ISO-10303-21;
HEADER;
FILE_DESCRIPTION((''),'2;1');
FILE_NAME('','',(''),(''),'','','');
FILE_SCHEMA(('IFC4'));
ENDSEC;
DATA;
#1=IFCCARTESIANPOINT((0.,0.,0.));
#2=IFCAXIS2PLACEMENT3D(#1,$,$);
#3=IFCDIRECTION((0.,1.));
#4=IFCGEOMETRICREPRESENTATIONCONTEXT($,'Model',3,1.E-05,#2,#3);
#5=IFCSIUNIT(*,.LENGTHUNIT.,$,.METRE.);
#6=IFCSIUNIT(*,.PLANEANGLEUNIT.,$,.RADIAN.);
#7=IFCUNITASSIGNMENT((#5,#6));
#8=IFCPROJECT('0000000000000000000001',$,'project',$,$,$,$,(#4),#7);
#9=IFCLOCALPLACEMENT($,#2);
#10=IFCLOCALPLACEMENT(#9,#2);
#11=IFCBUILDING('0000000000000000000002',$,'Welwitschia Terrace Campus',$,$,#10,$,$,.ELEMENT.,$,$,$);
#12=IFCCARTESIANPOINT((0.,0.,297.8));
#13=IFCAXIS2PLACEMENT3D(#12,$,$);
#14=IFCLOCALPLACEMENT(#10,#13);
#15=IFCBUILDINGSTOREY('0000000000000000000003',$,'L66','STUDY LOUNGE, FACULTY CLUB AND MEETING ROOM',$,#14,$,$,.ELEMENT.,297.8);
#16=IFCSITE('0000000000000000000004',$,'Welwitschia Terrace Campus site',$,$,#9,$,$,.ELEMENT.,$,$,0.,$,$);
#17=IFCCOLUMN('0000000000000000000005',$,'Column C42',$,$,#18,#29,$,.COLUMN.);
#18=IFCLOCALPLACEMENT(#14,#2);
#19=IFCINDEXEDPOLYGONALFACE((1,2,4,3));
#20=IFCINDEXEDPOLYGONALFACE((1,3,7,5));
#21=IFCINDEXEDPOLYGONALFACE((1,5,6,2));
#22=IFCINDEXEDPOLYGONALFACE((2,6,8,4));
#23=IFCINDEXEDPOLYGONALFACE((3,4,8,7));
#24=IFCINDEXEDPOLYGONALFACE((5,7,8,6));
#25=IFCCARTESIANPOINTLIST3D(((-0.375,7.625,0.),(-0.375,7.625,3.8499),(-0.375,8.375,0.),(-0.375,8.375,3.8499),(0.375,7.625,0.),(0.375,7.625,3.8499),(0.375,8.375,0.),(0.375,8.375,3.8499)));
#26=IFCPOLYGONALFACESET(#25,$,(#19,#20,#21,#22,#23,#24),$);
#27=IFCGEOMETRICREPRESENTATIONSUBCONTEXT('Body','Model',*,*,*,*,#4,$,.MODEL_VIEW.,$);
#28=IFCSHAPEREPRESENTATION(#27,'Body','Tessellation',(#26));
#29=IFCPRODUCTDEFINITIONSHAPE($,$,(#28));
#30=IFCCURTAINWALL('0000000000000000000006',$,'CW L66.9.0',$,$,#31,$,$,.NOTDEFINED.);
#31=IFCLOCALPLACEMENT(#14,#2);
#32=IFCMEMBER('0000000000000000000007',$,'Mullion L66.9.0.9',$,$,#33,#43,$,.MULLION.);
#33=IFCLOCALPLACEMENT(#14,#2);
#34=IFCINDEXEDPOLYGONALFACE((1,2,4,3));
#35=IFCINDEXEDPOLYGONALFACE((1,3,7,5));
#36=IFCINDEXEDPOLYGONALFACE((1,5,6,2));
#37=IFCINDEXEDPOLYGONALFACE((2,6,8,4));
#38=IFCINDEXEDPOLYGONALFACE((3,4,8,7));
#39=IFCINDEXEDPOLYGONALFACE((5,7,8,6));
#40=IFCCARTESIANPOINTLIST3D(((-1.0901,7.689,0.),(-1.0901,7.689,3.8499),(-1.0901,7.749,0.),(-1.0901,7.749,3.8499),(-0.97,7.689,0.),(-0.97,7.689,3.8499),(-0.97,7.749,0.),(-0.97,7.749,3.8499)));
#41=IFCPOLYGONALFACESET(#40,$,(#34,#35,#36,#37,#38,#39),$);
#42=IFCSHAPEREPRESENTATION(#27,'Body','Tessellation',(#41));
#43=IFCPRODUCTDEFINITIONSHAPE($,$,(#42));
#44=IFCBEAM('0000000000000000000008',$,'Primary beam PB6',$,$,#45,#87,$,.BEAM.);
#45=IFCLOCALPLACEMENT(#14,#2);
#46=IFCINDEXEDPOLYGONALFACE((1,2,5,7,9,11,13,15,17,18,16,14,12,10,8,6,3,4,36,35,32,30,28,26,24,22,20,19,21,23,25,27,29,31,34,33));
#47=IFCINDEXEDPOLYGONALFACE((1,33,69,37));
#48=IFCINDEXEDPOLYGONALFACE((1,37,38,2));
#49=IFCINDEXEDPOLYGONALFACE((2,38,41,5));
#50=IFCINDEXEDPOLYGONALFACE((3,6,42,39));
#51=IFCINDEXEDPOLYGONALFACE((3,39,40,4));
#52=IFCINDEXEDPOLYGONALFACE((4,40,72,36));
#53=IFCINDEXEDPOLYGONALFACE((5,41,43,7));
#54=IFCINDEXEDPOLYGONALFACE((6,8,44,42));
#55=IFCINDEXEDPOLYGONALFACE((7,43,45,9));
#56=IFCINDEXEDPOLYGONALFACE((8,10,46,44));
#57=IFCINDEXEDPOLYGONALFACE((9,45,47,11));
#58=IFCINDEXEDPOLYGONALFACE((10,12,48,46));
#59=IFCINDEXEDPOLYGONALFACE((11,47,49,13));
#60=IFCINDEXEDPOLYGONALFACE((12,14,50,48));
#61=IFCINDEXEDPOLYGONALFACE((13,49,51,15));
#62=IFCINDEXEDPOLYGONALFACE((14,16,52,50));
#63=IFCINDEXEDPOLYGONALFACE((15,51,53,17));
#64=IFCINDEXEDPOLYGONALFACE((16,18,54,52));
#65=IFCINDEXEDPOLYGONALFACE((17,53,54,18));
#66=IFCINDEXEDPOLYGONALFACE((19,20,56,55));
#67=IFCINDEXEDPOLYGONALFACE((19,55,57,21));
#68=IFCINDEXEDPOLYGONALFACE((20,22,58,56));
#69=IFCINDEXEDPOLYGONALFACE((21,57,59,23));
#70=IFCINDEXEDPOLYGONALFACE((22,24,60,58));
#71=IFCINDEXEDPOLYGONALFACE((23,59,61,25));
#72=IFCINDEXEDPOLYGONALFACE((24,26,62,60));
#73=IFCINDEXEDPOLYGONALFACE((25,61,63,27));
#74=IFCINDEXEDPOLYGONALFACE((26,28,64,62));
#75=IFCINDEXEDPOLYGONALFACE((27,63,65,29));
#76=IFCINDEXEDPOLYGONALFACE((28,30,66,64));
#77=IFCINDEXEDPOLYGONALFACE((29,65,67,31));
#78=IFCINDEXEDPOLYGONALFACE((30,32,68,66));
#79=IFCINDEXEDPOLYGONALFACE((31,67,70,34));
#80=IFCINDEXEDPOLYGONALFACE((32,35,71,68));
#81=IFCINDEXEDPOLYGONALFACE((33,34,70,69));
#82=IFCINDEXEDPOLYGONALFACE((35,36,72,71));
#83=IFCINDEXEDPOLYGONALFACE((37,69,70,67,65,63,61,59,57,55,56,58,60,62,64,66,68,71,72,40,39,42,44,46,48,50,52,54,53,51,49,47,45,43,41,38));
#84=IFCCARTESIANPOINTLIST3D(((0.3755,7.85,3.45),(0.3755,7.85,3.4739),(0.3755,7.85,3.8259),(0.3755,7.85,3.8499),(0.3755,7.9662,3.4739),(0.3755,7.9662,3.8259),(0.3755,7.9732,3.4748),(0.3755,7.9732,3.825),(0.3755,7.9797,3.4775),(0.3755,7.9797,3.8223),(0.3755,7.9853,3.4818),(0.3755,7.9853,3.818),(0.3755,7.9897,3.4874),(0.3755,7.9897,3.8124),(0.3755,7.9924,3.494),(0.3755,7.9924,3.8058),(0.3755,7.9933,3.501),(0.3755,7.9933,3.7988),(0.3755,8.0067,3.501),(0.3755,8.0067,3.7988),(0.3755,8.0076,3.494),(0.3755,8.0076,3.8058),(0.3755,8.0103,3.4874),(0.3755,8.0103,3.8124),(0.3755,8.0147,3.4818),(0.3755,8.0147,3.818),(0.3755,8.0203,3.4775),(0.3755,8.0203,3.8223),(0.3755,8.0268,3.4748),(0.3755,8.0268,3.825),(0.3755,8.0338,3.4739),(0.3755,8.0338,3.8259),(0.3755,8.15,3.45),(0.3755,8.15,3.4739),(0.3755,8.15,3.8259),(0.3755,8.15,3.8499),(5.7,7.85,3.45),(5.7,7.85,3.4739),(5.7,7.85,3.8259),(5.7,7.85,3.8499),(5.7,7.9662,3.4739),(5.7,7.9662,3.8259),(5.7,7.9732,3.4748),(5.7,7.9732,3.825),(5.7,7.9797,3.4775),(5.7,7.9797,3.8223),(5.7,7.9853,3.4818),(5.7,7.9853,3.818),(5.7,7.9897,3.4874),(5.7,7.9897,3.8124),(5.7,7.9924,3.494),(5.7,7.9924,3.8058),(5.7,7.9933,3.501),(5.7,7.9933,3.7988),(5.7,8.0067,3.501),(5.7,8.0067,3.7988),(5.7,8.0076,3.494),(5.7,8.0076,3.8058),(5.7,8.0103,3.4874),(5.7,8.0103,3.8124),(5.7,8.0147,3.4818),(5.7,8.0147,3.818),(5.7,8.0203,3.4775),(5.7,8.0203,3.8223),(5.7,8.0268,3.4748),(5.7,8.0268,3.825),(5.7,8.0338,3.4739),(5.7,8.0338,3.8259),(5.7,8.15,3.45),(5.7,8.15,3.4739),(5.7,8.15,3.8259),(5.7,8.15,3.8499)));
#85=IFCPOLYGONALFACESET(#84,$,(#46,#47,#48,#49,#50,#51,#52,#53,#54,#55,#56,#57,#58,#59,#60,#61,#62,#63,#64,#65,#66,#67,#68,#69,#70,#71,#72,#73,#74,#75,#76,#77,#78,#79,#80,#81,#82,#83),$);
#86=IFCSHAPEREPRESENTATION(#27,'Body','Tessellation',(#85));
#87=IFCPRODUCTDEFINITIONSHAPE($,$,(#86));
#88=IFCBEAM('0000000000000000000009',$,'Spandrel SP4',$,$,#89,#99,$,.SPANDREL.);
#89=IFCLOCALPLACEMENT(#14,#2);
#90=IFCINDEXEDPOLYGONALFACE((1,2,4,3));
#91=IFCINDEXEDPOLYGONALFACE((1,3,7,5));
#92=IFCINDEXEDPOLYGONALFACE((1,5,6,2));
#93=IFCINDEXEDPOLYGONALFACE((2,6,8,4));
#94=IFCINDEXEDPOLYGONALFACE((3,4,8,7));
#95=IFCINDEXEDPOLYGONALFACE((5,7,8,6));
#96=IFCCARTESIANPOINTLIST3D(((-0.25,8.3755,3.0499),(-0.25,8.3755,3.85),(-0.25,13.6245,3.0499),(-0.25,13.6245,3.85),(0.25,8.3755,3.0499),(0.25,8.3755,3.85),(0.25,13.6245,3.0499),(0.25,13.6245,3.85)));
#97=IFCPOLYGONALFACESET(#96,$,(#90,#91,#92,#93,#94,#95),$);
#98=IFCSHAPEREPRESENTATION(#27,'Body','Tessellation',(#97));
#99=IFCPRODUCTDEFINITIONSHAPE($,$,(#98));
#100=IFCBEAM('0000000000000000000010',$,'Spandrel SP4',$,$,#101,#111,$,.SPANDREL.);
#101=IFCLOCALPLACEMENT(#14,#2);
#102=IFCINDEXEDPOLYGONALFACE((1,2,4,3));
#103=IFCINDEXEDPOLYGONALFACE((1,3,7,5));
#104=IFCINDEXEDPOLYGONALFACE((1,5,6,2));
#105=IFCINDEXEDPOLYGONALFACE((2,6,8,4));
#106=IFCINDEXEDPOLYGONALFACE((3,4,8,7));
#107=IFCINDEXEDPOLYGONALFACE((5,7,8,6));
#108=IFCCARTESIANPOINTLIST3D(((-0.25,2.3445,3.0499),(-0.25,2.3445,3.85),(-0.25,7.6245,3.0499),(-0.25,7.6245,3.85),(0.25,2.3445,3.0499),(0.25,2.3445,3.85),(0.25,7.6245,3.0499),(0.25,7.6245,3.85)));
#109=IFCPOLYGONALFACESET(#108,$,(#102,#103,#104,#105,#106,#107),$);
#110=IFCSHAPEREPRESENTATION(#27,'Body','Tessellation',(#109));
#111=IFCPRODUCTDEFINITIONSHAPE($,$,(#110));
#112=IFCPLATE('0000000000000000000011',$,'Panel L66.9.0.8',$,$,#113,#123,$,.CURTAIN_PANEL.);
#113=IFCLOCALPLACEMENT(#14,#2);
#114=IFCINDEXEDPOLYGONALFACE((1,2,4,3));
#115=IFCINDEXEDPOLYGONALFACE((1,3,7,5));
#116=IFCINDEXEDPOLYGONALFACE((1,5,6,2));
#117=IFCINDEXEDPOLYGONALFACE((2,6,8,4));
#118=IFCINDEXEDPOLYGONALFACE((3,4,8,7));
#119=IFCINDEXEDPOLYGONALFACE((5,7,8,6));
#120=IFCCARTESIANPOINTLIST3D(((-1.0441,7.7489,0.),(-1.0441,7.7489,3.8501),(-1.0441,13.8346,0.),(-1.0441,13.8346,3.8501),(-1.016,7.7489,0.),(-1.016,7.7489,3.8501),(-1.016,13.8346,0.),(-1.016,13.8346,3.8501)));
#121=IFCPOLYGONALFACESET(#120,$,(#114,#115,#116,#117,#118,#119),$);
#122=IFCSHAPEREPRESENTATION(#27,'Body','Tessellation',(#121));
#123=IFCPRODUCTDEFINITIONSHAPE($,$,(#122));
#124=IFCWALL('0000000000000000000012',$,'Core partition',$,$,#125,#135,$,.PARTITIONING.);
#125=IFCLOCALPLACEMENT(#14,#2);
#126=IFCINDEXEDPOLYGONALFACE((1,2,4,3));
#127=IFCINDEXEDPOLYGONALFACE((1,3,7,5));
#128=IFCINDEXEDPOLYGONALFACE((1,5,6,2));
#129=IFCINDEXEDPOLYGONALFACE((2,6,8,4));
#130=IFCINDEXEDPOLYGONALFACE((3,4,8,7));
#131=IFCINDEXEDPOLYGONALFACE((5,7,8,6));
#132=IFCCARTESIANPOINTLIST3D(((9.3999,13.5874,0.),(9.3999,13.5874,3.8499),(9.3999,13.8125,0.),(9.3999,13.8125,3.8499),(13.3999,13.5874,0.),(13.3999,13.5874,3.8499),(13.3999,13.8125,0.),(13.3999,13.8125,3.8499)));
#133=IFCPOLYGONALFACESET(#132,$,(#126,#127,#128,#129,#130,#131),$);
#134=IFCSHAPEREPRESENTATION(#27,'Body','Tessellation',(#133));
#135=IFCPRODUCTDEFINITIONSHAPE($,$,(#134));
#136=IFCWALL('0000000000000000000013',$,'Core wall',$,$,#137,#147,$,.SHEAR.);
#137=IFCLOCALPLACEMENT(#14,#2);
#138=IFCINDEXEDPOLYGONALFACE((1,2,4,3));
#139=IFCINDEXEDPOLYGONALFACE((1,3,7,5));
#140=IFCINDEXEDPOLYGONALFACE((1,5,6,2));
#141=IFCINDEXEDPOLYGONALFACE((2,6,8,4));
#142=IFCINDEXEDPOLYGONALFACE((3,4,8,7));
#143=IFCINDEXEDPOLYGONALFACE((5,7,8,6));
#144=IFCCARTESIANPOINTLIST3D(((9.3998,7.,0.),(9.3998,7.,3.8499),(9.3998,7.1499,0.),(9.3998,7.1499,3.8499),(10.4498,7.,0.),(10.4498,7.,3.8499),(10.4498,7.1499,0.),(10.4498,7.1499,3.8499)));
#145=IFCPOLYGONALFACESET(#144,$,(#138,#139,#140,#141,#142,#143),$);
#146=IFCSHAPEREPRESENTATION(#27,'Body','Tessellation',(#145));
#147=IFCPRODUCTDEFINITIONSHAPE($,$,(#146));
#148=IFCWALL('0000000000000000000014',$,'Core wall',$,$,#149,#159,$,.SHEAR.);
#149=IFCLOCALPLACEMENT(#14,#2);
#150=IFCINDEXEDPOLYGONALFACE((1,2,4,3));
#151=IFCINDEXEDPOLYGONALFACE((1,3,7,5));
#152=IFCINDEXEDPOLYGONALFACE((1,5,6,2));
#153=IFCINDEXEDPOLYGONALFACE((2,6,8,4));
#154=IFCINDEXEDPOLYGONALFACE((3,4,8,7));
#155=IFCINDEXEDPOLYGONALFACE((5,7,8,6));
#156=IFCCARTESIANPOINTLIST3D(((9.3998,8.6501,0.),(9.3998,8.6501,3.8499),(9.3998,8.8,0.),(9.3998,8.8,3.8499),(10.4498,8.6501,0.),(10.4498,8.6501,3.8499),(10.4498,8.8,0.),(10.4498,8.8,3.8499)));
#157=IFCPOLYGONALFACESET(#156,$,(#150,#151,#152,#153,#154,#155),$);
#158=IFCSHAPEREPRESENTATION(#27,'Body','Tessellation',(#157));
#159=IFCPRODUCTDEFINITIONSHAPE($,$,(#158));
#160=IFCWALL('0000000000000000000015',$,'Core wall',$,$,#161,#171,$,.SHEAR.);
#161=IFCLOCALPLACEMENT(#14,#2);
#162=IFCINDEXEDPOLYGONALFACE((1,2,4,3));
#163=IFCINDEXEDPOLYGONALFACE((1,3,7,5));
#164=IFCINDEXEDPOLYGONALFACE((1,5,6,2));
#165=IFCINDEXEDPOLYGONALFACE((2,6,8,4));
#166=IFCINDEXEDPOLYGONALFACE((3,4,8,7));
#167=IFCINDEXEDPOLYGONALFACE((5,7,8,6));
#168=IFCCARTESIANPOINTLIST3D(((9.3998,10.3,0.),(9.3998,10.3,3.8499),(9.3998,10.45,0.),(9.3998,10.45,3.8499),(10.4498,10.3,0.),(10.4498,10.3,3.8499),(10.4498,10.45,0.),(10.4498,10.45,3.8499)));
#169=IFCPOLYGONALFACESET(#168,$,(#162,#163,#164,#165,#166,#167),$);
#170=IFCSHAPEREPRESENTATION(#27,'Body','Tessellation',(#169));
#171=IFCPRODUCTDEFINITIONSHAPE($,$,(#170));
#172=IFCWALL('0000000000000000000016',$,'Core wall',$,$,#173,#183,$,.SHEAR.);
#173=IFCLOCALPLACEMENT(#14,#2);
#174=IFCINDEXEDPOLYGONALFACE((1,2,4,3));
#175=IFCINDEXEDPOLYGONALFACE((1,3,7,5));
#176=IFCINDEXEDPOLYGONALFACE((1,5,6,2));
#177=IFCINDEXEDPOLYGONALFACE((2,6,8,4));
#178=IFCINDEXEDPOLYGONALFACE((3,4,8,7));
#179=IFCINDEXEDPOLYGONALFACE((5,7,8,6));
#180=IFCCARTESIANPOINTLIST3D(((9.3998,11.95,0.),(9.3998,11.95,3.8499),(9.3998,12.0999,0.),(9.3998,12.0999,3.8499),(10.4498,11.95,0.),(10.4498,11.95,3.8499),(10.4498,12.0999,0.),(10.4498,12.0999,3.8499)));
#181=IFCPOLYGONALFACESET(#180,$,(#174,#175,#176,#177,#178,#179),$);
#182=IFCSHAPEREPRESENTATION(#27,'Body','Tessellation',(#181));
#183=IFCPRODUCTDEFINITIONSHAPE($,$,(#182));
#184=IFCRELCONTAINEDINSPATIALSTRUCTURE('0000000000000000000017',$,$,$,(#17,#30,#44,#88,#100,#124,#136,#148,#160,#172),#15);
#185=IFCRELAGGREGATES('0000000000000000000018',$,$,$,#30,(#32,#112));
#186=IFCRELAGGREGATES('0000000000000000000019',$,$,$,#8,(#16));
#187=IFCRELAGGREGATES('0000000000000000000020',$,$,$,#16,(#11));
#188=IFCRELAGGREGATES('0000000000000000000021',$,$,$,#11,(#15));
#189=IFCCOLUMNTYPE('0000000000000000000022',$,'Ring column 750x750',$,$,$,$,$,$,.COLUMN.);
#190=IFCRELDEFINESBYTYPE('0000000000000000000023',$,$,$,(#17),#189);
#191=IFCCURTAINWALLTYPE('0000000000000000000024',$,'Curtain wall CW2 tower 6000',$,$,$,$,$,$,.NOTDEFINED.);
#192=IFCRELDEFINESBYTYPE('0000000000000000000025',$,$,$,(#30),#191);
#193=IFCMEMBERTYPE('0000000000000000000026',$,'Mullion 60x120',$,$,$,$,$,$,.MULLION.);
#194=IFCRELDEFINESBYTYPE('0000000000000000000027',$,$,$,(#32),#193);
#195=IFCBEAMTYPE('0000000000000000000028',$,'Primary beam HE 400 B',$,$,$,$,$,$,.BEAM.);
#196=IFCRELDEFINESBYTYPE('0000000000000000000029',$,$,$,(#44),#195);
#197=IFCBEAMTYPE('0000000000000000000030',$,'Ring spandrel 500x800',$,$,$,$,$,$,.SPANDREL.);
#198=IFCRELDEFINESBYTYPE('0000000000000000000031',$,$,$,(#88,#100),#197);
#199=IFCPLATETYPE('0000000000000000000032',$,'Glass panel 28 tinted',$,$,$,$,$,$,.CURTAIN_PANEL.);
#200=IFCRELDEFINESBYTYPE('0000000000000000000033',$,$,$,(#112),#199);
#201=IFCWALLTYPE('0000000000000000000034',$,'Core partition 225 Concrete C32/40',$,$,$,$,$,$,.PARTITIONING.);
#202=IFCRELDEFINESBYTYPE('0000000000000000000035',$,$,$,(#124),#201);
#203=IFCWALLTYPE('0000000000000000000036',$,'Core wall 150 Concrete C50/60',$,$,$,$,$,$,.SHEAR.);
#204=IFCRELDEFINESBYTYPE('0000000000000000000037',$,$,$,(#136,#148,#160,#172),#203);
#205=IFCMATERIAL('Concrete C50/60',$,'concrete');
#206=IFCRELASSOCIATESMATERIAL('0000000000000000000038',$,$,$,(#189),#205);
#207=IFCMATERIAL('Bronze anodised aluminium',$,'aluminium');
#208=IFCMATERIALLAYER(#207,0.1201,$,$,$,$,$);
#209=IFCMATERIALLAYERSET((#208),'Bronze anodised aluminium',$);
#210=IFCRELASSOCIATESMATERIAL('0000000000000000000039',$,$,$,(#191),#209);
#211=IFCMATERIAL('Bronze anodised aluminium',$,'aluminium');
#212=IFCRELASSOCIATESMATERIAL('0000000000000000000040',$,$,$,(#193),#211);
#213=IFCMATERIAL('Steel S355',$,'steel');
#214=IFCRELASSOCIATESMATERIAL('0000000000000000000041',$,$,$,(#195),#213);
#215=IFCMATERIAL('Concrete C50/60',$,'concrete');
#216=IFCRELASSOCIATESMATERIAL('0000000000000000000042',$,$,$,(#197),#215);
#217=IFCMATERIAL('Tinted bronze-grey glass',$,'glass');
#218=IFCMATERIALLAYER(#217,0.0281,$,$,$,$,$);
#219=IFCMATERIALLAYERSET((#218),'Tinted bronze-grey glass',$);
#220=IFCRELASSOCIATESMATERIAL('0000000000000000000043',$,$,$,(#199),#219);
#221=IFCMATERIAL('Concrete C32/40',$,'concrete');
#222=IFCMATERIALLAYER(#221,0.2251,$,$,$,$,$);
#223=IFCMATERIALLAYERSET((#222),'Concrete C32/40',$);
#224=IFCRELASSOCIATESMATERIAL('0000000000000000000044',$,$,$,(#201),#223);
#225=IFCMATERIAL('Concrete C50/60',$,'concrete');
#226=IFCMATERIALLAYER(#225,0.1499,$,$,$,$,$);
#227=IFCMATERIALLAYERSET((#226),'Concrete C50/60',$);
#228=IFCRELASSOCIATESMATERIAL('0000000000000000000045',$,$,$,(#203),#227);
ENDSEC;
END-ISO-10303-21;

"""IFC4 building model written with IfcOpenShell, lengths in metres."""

from ifc_helpers import new_model, si_unit, direction, frame, frame_2d, origin, origin_2d, place, context, subcontext, project, spatial, rectangle, i_section, extrude, material, layer, layer_set, material_profile, profile_set, type_object, element, aggregate, save


model = new_model("IFC4")

# Units and contexts
model_context = context("Model", 3, precision=1e-05, world=origin(), true_north=direction((0.0, 1.0)))
body_context = subcontext(model_context, "Body", "Model", "MODEL_VIEW")
ifc_project = project(units=[si_unit("LENGTHUNIT", "METRE"), si_unit("PLANEANGLEUNIT", "RADIAN")], contexts=[model_context])

# Site, building, storey
site_placement = place(None, origin())
site = spatial("IfcSite", under=ifc_project, at=site_placement, Name="Welwitschia Terrace Campus site", CompositionType="ELEMENT", RefElevation=0.0)
building_placement = place(site_placement, origin())
building = spatial("IfcBuilding", under=site, at=building_placement, Name="Welwitschia Terrace Campus", CompositionType="ELEMENT")
storey_placement = place(building_placement, frame((0.0, 0.0, 297.8)))
storey = spatial("IfcBuildingStorey", under=building, at=storey_placement, Name="L66", Description="STUDY LOUNGE, FACULTY CLUB AND MEETING ROOM", CompositionType="ELEMENT", Elevation=297.8)

# Column
ifc_material_1 = material(Name="Concrete C50/60", Category="concrete")
ifc_material_profile_1 = material_profile(ifc_material_1, rectangle(XDim=0.75, YDim=0.75, at=origin_2d()))
ifc_profile_set_1 = profile_set([ifc_material_profile_1], Name="Concrete C50/60")
column_type = type_object("IfcColumnType", Name="Ring column 750x750", PredefinedType="COLUMN", material=ifc_profile_set_1)
column_placement = place(storey_placement, frame((0.0, 8.0, 0.0), z_axis=(0.0, 0.0, 1.0), x_axis=(1.0, 0.0, 0.0)))
element("IfcColumn", 1, at=column_placement, inside=storey, type_object=column_type, Name="Column C42", PredefinedType="COLUMN", context=body_context, shape_type="SweptSolid", body=[
    extrude(rectangle(XDim=0.75, YDim=0.75, at=origin_2d()), origin(), (0.0, 0.0, 1.0), 3.8499),
])

# Curtain wall, member
ifc_material_2 = material(Name="Bronze anodised aluminium", Category="aluminium")
ifc_layer_1 = layer(ifc_material_2, 0.1201)
ifc_layer_set_1 = layer_set([ifc_layer_1], Name="Bronze anodised aluminium")
curtain_wall_type = type_object("IfcCurtainWallType", Name="Curtain wall CW2 tower 6000", PredefinedType="NOTDEFINED", material=ifc_layer_set_1)
curtain_wall_placement = place(storey_placement, origin())
curtain_wall = element("IfcCurtainWall", 2, at=curtain_wall_placement, inside=storey, type_object=curtain_wall_type, Name="CW L66.9.0", PredefinedType="NOTDEFINED")
ifc_material_3 = material(Name="Bronze anodised aluminium", Category="aluminium")
ifc_material_profile_2 = material_profile(ifc_material_3, rectangle(XDim=0.1201, YDim=0.0601, at=origin_2d()))
ifc_profile_set_2 = profile_set([ifc_material_profile_2], Name="Bronze anodised aluminium")
member_type = type_object("IfcMemberType", Name="Mullion 60x120", PredefinedType="MULLION", material=ifc_profile_set_2)
member_placement = place(storey_placement, frame((-1.03, 7.719, 0.0), z_axis=(0.0, 0.0, 1.0), x_axis=(1.0, 0.0, 0.0)))
member = element("IfcMember", 3, at=member_placement, type_object=member_type, Name="Mullion L66.9.0.9", PredefinedType="MULLION", context=body_context, shape_type="SweptSolid", body=[
    extrude(rectangle(XDim=0.1201, YDim=0.0601, at=origin_2d()), origin(), (0.0, 0.0, 1.0), 3.8499),
])

# Beams
ifc_material_4 = material(Name="Steel S355", Category="steel")
ifc_material_profile_3 = material_profile(ifc_material_4, i_section(OverallWidth=0.3, OverallDepth=0.3999, WebThickness=0.0134, FlangeThickness=0.0239, FilletRadius=0.0271, at=origin_2d()))
ifc_profile_set_3 = profile_set([ifc_material_profile_3], Name="Steel S355")
beam_type_1 = type_object("IfcBeamType", Name="Primary beam HE 400 B", PredefinedType="BEAM", material=ifc_profile_set_3)
beam_1_placement = place(storey_placement, frame((0.3755, 8.0, 3.6499), z_axis=(1.0, 0.0, 0.0), x_axis=(0.0, 1.0, 0.0)))
element("IfcBeam", 4, at=beam_1_placement, inside=storey, type_object=beam_type_1, Name="Primary beam PB6", PredefinedType="BEAM", context=body_context, shape_type="SweptSolid", body=[
    extrude(i_section(OverallWidth=0.3, OverallDepth=0.3999, WebThickness=0.0134, FlangeThickness=0.0239, FilletRadius=0.0271, at=origin_2d()), origin(), (0.0, 0.0, 1.0), 5.3245),
])
ifc_material_5 = material(Name="Concrete C50/60", Category="concrete")
ifc_material_profile_4 = material_profile(ifc_material_5, rectangle(XDim=0.5, YDim=0.8, at=origin_2d()))
ifc_profile_set_4 = profile_set([ifc_material_profile_4], Name="Concrete C50/60")
beam_type_2 = type_object("IfcBeamType", Name="Ring spandrel 500x800", PredefinedType="SPANDREL", material=ifc_profile_set_4)
beam_2_placement = place(storey_placement, frame((0.0, 13.6245, 3.45), z_axis=(0.0, -1.0, 0.0), x_axis=(1.0, 0.0, 0.0)))
element("IfcBeam", 5, at=beam_2_placement, inside=storey, type_object=beam_type_2, Name="Spandrel SP4", PredefinedType="SPANDREL", context=body_context, shape_type="SweptSolid", body=[
    extrude(rectangle(XDim=0.5, YDim=0.8, at=origin_2d()), origin(), (0.0, 0.0, 1.0), 5.249),
])
beam_3_placement = place(storey_placement, frame((0.0, 7.6245, 3.45), z_axis=(0.0, -1.0, 0.0), x_axis=(1.0, 0.0, 0.0)))
element("IfcBeam", 6, at=beam_3_placement, inside=storey, type_object=beam_type_2, Name="Spandrel SP4", PredefinedType="SPANDREL", context=body_context, shape_type="SweptSolid", body=[
    extrude(rectangle(XDim=0.5, YDim=0.8, at=origin_2d()), origin(), (0.0, 0.0, 1.0), 5.28),
])

# Plate
ifc_material_6 = material(Name="Tinted bronze-grey glass", Category="glass")
ifc_layer_2 = layer(ifc_material_6, 0.0281)
ifc_layer_set_2 = layer_set([ifc_layer_2], Name="Tinted bronze-grey glass")
plate_type = type_object("IfcPlateType", Name="Glass panel 28 tinted", PredefinedType="CURTAIN_PANEL", material=ifc_layer_set_2)
plate_placement = place(storey_placement, frame((-1.03, 10.7917, 0.0), z_axis=(0.0, 0.0, 1.0), x_axis=(0.0, -1.0, 0.0)))
plate = element("IfcPlate", 7, at=plate_placement, type_object=plate_type, Name="Panel L66.9.0.8", PredefinedType="CURTAIN_PANEL", context=body_context, shape_type="SweptSolid", body=[
    extrude(rectangle(XDim=6.0857, YDim=0.0281, at=origin_2d()), origin(), (0.0, 0.0, 1.0), 3.8501),
])
aggregate(curtain_wall, [member, plate])

# Walls
ifc_material_7 = material(Name="Concrete C32/40", Category="concrete")
ifc_layer_3 = layer(ifc_material_7, 0.2251)
ifc_layer_set_3 = layer_set([ifc_layer_3], Name="Concrete C32/40")
wall_type_1 = type_object("IfcWallType", Name="Core partition 225 Concrete C32/40", PredefinedType="PARTITIONING", material=ifc_layer_set_3)
wall_1_placement = place(storey_placement, frame((9.3999, 13.7, 0.0), z_axis=(0.0, 0.0, 1.0), x_axis=(1.0, 0.0, 0.0)))
element("IfcWall", 8, at=wall_1_placement, inside=storey, type_object=wall_type_1, Name="Core partition", PredefinedType="PARTITIONING", context=body_context, shape_type="SweptSolid", body=[
    extrude(rectangle(XDim=4.0, YDim=0.2251, at=frame_2d((2.0, 0.0))), origin(), (0.0, 0.0, 1.0), 3.8499),
])
ifc_material_8 = material(Name="Concrete C50/60", Category="concrete")
ifc_layer_4 = layer(ifc_material_8, 0.1499)
ifc_layer_set_4 = layer_set([ifc_layer_4], Name="Concrete C50/60")
wall_type_2 = type_object("IfcWallType", Name="Core wall 150 Concrete C50/60", PredefinedType="SHEAR", material=ifc_layer_set_4)
for number, where, z_axis, x_axis, name in (
    (9, (9.3999, 7.075, 0.0), (0.0, 0.0, 1.0), (1.0, 0.0, 0.0), "Core wall"),
    (10, (9.3999, 8.7251, 0.0), (0.0, 0.0, 1.0), (1.0, 0.0, 0.0), "Core wall"),
    (11, (9.3999, 10.375, 0.0), (0.0, 0.0, 1.0), (1.0, 0.0, 0.0), "Core wall"),
    (12, (9.3999, 12.0249, 0.0), (0.0, 0.0, 1.0), (1.0, 0.0, 0.0), "Core wall"),
):
    element("IfcWall", number, at=place(storey_placement, frame(where, z_axis=z_axis, x_axis=x_axis)), inside=storey, type_object=wall_type_2, Name=name, PredefinedType="SHEAR", context=body_context, shape_type="SweptSolid", body=[
        extrude(rectangle(XDim=1.05, YDim=0.1499, at=frame_2d((0.5249, 0.0))), origin(), (0.0, 0.0, 1.0), 3.8499),
    ])

save(model, "model.ifc")
